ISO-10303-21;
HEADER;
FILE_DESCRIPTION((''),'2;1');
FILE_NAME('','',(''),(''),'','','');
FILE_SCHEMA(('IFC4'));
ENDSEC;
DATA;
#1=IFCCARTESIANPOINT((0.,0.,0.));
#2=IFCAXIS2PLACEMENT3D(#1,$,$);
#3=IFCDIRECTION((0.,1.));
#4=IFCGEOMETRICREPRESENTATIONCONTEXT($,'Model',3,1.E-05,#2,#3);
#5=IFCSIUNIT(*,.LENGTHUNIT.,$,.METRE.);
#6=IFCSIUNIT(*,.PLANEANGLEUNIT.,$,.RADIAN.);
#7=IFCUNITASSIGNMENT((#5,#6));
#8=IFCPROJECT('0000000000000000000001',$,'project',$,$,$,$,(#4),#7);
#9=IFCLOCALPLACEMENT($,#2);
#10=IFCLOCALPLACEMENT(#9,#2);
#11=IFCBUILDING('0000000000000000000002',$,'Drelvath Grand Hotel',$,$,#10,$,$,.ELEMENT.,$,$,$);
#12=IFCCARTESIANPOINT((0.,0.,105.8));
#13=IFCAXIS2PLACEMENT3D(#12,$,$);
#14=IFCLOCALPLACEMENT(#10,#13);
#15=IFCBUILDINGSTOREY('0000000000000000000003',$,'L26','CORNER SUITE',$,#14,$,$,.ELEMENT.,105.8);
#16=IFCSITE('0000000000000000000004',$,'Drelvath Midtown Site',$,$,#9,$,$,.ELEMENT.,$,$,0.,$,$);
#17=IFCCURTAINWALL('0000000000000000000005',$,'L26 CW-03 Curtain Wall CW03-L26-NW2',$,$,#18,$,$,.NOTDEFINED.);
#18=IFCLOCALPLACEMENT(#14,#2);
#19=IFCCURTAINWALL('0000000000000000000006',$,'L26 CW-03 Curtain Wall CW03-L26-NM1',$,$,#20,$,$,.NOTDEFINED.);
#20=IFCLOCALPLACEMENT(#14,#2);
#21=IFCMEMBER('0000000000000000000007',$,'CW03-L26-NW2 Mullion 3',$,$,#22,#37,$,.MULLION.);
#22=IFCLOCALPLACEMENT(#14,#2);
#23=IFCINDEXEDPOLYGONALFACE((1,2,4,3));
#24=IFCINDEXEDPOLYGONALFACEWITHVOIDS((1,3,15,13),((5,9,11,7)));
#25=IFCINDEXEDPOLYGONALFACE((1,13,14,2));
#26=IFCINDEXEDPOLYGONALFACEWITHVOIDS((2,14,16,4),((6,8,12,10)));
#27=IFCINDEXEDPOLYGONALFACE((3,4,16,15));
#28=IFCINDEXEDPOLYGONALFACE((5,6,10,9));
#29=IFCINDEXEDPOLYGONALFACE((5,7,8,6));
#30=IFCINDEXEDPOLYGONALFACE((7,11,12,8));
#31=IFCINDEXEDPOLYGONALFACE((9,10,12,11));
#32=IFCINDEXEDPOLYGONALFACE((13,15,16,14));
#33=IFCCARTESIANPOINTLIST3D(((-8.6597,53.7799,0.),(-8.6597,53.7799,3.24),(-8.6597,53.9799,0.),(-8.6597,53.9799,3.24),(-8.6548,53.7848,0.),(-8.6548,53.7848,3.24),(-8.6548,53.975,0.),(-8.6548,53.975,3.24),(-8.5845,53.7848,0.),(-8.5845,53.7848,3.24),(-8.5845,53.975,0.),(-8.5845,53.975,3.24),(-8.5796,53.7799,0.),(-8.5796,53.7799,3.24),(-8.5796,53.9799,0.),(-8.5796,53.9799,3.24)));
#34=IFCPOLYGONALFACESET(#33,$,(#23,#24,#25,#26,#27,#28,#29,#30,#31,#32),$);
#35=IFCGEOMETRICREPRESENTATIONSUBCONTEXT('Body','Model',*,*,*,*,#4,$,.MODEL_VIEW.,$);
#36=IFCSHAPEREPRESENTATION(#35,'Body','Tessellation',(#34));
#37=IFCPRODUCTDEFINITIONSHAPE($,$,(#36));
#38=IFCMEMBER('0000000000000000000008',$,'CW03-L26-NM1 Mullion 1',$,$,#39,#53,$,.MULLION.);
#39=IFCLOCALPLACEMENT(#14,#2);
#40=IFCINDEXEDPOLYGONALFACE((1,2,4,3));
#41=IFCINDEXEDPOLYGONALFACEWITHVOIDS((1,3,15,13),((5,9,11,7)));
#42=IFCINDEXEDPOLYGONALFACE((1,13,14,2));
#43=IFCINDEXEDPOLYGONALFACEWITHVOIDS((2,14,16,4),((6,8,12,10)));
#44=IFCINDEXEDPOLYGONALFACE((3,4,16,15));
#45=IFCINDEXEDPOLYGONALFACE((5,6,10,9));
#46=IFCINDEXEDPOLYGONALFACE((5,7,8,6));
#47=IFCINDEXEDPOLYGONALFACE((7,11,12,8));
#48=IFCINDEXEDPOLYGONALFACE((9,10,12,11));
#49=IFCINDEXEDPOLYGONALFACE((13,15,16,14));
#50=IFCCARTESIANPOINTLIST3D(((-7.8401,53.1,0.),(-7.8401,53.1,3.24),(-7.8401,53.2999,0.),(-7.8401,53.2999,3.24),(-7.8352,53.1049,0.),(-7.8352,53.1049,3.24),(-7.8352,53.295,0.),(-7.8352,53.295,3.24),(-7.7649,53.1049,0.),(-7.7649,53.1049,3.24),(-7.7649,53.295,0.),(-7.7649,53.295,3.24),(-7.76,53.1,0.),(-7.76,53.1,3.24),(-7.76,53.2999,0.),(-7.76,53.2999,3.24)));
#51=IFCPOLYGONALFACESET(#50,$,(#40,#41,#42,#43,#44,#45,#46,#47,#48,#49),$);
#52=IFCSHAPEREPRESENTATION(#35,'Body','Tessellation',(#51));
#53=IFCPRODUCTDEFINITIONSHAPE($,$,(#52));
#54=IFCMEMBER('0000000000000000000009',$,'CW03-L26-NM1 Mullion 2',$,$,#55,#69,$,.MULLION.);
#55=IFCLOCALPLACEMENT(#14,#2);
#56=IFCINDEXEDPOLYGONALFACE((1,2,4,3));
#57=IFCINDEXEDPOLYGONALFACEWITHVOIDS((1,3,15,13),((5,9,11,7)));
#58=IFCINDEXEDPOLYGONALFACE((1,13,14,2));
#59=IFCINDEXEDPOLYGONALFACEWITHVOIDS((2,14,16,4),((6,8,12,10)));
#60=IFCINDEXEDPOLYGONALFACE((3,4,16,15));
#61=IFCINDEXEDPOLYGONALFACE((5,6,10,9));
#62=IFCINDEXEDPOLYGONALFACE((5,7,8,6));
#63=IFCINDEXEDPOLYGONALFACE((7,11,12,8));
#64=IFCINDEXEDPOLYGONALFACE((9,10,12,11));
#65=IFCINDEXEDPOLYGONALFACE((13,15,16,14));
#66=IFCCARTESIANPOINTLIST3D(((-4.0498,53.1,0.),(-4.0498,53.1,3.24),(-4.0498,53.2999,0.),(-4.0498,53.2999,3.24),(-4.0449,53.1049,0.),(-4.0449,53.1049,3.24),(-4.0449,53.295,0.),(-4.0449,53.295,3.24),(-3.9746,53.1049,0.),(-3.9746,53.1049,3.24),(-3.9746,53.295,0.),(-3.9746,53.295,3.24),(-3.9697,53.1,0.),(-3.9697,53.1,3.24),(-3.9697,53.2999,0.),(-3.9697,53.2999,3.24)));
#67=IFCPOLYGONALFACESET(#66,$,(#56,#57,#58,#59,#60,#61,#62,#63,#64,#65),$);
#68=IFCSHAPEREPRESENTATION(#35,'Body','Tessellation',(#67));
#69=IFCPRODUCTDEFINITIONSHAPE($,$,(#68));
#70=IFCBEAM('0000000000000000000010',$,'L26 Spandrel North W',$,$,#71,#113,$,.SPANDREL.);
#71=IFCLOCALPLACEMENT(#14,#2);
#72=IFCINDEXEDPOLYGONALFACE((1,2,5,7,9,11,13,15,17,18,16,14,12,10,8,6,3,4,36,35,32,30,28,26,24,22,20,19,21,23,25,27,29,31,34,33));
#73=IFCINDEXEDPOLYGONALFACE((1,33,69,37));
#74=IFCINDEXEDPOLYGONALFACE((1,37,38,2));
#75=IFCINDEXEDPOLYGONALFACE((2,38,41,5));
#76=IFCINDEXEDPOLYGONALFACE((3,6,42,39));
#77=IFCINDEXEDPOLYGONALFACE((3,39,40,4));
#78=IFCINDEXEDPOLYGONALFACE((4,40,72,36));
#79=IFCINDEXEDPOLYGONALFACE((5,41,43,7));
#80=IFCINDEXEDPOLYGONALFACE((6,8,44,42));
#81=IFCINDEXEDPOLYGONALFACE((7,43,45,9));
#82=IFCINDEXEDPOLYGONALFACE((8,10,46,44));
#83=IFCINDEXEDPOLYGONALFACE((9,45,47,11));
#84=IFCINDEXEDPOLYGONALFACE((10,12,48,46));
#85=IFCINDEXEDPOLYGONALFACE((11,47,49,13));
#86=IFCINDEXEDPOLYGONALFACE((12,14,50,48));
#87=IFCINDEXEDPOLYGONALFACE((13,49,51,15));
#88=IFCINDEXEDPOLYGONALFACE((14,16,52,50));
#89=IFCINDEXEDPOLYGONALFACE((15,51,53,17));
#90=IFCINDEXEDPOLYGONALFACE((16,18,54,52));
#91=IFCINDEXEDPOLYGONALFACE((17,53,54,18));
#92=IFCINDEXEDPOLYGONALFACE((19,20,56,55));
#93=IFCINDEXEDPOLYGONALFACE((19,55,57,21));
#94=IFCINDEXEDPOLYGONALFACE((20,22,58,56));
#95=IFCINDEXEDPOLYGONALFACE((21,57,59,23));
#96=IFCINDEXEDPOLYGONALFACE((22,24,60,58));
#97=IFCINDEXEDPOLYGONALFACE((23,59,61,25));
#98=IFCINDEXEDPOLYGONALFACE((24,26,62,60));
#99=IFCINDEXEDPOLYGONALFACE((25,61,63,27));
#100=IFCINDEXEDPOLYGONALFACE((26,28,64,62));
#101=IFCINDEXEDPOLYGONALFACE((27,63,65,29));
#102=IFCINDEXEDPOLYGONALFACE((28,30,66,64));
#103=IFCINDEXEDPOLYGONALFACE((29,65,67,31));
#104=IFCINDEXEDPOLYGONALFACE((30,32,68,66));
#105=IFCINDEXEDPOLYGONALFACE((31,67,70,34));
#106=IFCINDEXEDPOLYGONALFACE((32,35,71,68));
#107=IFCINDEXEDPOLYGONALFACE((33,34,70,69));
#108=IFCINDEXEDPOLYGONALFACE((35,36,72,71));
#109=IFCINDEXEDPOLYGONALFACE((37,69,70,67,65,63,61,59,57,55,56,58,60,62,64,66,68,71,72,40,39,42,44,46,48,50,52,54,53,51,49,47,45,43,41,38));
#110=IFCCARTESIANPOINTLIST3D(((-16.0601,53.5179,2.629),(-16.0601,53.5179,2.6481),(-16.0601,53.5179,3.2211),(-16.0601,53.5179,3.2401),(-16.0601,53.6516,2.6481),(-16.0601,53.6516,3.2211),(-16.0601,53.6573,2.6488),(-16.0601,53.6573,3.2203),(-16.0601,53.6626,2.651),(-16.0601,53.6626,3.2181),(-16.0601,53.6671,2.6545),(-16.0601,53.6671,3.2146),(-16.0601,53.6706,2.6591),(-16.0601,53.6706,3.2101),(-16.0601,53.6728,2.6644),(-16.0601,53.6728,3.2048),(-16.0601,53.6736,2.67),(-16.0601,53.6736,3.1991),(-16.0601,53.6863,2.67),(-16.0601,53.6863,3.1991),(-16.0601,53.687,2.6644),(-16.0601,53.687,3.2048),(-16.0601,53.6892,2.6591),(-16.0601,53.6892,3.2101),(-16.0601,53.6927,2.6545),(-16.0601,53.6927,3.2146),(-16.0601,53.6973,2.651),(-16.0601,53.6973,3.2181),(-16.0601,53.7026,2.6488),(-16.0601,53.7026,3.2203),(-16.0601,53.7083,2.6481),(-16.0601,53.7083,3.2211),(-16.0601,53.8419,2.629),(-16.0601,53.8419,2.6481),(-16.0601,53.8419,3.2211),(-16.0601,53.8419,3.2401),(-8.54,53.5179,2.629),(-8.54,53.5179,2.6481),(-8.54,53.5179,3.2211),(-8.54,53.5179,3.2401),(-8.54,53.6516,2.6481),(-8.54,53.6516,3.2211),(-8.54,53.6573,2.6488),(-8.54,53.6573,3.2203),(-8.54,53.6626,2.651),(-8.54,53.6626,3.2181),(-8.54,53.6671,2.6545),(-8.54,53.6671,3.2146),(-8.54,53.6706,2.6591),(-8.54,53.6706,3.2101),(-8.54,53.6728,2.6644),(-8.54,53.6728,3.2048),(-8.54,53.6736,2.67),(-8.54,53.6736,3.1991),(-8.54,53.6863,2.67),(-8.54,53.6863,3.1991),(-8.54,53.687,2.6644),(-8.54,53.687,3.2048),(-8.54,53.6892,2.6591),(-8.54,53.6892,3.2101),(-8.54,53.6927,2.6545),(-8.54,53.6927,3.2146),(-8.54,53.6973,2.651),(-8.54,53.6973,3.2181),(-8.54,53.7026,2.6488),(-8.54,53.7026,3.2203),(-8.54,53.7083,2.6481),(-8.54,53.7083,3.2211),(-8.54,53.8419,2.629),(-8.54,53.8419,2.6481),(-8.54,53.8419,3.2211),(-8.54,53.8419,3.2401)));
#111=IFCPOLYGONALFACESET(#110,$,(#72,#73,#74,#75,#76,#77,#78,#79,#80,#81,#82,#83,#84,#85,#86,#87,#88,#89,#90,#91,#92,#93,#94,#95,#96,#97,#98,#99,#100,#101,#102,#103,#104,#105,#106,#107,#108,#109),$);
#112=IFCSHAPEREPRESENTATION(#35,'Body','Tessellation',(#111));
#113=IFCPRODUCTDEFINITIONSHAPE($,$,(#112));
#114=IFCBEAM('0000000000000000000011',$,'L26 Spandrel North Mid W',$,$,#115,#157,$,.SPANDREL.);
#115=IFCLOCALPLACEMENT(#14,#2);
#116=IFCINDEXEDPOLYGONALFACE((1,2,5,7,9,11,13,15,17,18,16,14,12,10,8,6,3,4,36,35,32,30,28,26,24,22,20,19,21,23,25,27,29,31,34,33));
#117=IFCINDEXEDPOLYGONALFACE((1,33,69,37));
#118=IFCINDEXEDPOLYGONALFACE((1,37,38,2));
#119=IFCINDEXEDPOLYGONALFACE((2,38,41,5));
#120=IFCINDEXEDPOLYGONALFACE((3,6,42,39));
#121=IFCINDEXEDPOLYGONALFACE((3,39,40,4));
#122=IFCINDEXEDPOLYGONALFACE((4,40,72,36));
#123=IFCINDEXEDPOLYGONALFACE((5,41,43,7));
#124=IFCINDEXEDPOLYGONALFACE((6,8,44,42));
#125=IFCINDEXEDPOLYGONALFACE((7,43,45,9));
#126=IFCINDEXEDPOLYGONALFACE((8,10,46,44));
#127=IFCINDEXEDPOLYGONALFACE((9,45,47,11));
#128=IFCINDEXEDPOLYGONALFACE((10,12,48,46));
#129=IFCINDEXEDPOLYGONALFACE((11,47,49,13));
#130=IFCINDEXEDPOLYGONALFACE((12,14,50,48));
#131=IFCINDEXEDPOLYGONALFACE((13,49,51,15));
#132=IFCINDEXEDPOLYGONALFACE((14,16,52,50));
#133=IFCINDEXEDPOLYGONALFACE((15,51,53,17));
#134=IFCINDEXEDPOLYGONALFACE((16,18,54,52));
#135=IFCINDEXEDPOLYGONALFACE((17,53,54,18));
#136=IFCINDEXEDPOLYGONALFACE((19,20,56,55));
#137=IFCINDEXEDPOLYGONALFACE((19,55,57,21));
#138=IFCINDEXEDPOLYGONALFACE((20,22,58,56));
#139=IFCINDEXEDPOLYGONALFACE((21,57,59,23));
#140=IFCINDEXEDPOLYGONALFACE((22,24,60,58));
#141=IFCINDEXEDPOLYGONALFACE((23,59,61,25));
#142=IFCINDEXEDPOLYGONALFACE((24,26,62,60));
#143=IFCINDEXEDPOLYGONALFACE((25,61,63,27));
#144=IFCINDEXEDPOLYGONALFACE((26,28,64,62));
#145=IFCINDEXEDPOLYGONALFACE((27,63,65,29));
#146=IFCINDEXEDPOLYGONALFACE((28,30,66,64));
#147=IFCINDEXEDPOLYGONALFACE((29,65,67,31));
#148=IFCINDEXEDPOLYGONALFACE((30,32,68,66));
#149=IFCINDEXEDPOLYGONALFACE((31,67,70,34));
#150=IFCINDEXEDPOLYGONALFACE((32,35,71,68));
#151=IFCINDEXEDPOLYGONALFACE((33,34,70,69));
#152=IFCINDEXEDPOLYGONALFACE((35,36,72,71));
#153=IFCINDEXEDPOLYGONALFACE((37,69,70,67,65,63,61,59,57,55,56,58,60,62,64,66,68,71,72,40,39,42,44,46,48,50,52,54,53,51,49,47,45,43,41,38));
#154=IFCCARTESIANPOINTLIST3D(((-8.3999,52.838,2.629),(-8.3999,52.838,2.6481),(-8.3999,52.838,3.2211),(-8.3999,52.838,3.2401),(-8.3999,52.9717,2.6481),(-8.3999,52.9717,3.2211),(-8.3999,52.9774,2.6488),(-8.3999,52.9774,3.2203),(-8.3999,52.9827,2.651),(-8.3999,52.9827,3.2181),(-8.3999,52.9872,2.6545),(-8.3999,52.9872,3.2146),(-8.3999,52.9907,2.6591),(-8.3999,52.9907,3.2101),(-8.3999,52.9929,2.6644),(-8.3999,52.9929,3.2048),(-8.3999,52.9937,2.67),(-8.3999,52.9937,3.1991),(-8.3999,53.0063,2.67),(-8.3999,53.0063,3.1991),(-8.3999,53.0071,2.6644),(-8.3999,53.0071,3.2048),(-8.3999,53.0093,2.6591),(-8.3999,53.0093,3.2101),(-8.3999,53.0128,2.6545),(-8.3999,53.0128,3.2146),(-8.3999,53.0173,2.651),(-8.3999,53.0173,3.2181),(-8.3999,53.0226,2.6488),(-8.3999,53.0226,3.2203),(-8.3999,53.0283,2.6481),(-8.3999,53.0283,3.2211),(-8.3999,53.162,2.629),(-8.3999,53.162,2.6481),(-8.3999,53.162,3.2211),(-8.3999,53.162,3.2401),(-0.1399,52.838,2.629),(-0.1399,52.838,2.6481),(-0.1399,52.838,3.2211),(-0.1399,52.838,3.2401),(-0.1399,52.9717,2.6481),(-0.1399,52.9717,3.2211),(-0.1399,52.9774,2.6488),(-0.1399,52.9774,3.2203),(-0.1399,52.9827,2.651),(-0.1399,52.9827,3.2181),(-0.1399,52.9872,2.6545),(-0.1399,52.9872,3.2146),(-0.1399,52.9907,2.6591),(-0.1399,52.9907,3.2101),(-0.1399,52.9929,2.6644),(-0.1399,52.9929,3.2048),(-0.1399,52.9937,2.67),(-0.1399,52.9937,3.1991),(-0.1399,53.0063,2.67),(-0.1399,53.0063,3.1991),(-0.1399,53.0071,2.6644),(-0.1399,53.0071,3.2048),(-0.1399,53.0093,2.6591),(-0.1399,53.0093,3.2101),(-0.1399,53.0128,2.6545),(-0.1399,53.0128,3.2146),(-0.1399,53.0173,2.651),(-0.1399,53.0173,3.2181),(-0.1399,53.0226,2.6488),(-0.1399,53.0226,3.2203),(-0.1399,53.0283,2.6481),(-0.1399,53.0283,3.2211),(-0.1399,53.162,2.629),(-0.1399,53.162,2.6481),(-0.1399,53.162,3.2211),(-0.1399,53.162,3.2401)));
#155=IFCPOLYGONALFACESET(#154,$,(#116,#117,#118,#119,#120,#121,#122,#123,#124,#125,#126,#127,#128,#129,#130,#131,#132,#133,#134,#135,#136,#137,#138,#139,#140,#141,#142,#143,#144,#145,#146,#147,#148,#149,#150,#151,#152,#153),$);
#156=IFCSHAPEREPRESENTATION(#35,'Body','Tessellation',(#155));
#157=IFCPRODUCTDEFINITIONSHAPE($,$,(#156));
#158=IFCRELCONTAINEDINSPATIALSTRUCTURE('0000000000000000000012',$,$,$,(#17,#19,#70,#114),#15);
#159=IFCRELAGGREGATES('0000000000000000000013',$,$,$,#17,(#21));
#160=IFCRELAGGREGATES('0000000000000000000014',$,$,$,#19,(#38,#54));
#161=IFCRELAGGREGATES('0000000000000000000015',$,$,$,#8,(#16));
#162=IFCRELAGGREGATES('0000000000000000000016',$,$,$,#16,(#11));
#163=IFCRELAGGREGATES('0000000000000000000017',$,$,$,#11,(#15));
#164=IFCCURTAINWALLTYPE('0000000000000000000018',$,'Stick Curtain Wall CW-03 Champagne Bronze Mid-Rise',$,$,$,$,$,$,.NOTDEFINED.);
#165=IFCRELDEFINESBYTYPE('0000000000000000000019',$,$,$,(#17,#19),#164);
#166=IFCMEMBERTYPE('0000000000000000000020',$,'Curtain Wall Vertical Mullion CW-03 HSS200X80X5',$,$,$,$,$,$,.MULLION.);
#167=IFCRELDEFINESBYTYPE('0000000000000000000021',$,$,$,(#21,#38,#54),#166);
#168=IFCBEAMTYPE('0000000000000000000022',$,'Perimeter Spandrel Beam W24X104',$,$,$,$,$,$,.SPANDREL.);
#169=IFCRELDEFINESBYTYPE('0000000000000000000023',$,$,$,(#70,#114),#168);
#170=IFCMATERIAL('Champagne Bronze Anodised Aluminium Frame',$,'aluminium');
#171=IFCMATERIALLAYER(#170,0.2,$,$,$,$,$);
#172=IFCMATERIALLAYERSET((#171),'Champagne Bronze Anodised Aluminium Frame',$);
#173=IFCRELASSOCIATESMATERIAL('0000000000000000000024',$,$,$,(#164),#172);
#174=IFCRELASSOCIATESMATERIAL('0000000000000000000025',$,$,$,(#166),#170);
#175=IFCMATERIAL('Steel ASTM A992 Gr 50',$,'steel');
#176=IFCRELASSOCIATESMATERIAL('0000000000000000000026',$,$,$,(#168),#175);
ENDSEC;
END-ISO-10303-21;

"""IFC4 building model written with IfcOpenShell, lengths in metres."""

from ifc_helpers import new_model, si_unit, direction, frame, origin, origin_2d, place, context, subcontext, project, spatial, hollow_rectangle, i_section, extrude, material, layer, layer_set, material_profile, profile_set, type_object, element, aggregate, save


model = new_model("IFC4")

# Units and contexts
model_context = context("Model", 3, precision=1e-05, world=origin(), true_north=direction((0.0, 1.0)))
body_context = subcontext(model_context, "Body", "Model", "MODEL_VIEW")
ifc_project = project(units=[si_unit("LENGTHUNIT", "METRE"), si_unit("PLANEANGLEUNIT", "RADIAN")], contexts=[model_context])

# Site, building, storey
site_placement = place(None, origin())
site = spatial("IfcSite", under=ifc_project, at=site_placement, Name="Drelvath Midtown Site", CompositionType="ELEMENT", RefElevation=0.0)
building_placement = place(site_placement, origin())
building = spatial("IfcBuilding", under=site, at=building_placement, Name="Drelvath Grand Hotel", CompositionType="ELEMENT")
storey_placement = place(building_placement, frame((0.0, 0.0, 105.8)))
storey = spatial("IfcBuildingStorey", under=building, at=storey_placement, Name="L26", Description="CORNER SUITE", CompositionType="ELEMENT", Elevation=105.8)

# Curtain walls
ifc_material_1 = material(Name="Champagne Bronze Anodised Aluminium Frame", Category="aluminium")
ifc_layer_1 = layer(ifc_material_1, 0.2)
ifc_layer_set_1 = layer_set([ifc_layer_1], Name="Champagne Bronze Anodised Aluminium Frame")
curtain_wall_type = type_object("IfcCurtainWallType", Name="Stick Curtain Wall CW-03 Champagne Bronze Mid-Rise", PredefinedType="NOTDEFINED", material=ifc_layer_set_1)
curtain_wall_1_placement = place(storey_placement, origin())
curtain_wall_1 = element("IfcCurtainWall", 1, at=curtain_wall_1_placement, inside=storey, type_object=curtain_wall_type, Name="L26 CW-03 Curtain Wall CW03-L26-NW2", PredefinedType="NOTDEFINED")
curtain_wall_2_placement = place(storey_placement, origin())
curtain_wall_2 = element("IfcCurtainWall", 2, at=curtain_wall_2_placement, inside=storey, type_object=curtain_wall_type, Name="L26 CW-03 Curtain Wall CW03-L26-NM1", PredefinedType="NOTDEFINED")

# Members
ifc_material_profile_1 = material_profile(ifc_material_1, hollow_rectangle(XDim=0.0801, YDim=0.2, WallThickness=0.0049, at=origin_2d()), Name="HSS200X80X5")
ifc_profile_set_1 = profile_set([ifc_material_profile_1], Name="Champagne Bronze Anodised Aluminium Frame")
member_type_1 = type_object("IfcMemberType", Name="Curtain Wall Vertical Mullion CW-03 HSS200X80X5", PredefinedType="MULLION", material=ifc_profile_set_1)
member_1_placement = place(storey_placement, frame((-8.6196, 53.8799, 0.0), z_axis=(0.0, 0.0, 1.0), x_axis=(1.0, 0.0, 0.0)))
member_1 = element("IfcMember", 3, at=member_1_placement, type_object=member_type_1, Name="CW03-L26-NW2 Mullion 3", PredefinedType="MULLION", context=body_context, shape_type="SweptSolid", body=[
    extrude(hollow_rectangle(XDim=0.0801, YDim=0.2, WallThickness=0.0049, at=origin_2d()), origin(), (0.0, 0.0, 1.0), 3.24),
])
member_2_placement = place(storey_placement, frame((-7.8, 53.2, 0.0), z_axis=(0.0, 0.0, 1.0), x_axis=(1.0, 0.0, 0.0)))
member_2 = element("IfcMember", 4, at=member_2_placement, type_object=member_type_1, Name="CW03-L26-NM1 Mullion 1", PredefinedType="MULLION", context=body_context, shape_type="SweptSolid", body=[
    extrude(hollow_rectangle(XDim=0.0801, YDim=0.2, WallThickness=0.0049, at=origin_2d()), origin(), (0.0, 0.0, 1.0), 3.24),
])
member_3_placement = place(storey_placement, frame((-4.0098, 53.2, 0.0), z_axis=(0.0, 0.0, 1.0), x_axis=(1.0, 0.0, 0.0)))
member_3 = element("IfcMember", 5, at=member_3_placement, type_object=member_type_1, Name="CW03-L26-NM1 Mullion 2", PredefinedType="MULLION", context=body_context, shape_type="SweptSolid", body=[
    extrude(hollow_rectangle(XDim=0.0801, YDim=0.2, WallThickness=0.0049, at=origin_2d()), origin(), (0.0, 0.0, 1.0), 3.24),
])

# Beams
ifc_material_2 = material(Name="Steel ASTM A992 Gr 50", Category="steel")
ifc_material_profile_2 = material_profile(ifc_material_2, i_section(OverallWidth=0.324, OverallDepth=0.6111, WebThickness=0.0127, FlangeThickness=0.019, FilletRadius=0.022, at=origin_2d()), Name="W24X104")
ifc_profile_set_2 = profile_set([ifc_material_profile_2], Name="Steel ASTM A992 Gr 50")
beam_type_1 = type_object("IfcBeamType", Name="Perimeter Spandrel Beam W24X104", PredefinedType="SPANDREL", material=ifc_profile_set_2)
beam_1_placement = place(storey_placement, frame((-16.0601, 53.6799, 2.9346), z_axis=(1.0, 0.0, 0.0), x_axis=(0.0, 1.0, 0.0)))
element("IfcBeam", 6, at=beam_1_placement, inside=storey, type_object=beam_type_1, Name="L26 Spandrel North W", PredefinedType="SPANDREL", context=body_context, shape_type="SweptSolid", body=[
    extrude(i_section(OverallWidth=0.324, OverallDepth=0.6111, WebThickness=0.0127, FlangeThickness=0.019, FilletRadius=0.022, at=origin_2d()), origin(), (0.0, 0.0, 1.0), 7.52),
])
beam_2_placement = place(storey_placement, frame((-8.3999, 53.0, 2.9346), z_axis=(1.0, 0.0, 0.0), x_axis=(0.0, 1.0, 0.0)))
element("IfcBeam", 7, at=beam_2_placement, inside=storey, type_object=beam_type_1, Name="L26 Spandrel North Mid W", PredefinedType="SPANDREL", context=body_context, shape_type="SweptSolid", body=[
    extrude(i_section(OverallWidth=0.324, OverallDepth=0.6111, WebThickness=0.0127, FlangeThickness=0.019, FilletRadius=0.022, at=origin_2d()), origin(), (0.0, 0.0, 1.0), 8.26),
])

aggregate(curtain_wall_1, [member_1])
aggregate(curtain_wall_2, [member_2, member_3])

save(model, "model.ifc")
